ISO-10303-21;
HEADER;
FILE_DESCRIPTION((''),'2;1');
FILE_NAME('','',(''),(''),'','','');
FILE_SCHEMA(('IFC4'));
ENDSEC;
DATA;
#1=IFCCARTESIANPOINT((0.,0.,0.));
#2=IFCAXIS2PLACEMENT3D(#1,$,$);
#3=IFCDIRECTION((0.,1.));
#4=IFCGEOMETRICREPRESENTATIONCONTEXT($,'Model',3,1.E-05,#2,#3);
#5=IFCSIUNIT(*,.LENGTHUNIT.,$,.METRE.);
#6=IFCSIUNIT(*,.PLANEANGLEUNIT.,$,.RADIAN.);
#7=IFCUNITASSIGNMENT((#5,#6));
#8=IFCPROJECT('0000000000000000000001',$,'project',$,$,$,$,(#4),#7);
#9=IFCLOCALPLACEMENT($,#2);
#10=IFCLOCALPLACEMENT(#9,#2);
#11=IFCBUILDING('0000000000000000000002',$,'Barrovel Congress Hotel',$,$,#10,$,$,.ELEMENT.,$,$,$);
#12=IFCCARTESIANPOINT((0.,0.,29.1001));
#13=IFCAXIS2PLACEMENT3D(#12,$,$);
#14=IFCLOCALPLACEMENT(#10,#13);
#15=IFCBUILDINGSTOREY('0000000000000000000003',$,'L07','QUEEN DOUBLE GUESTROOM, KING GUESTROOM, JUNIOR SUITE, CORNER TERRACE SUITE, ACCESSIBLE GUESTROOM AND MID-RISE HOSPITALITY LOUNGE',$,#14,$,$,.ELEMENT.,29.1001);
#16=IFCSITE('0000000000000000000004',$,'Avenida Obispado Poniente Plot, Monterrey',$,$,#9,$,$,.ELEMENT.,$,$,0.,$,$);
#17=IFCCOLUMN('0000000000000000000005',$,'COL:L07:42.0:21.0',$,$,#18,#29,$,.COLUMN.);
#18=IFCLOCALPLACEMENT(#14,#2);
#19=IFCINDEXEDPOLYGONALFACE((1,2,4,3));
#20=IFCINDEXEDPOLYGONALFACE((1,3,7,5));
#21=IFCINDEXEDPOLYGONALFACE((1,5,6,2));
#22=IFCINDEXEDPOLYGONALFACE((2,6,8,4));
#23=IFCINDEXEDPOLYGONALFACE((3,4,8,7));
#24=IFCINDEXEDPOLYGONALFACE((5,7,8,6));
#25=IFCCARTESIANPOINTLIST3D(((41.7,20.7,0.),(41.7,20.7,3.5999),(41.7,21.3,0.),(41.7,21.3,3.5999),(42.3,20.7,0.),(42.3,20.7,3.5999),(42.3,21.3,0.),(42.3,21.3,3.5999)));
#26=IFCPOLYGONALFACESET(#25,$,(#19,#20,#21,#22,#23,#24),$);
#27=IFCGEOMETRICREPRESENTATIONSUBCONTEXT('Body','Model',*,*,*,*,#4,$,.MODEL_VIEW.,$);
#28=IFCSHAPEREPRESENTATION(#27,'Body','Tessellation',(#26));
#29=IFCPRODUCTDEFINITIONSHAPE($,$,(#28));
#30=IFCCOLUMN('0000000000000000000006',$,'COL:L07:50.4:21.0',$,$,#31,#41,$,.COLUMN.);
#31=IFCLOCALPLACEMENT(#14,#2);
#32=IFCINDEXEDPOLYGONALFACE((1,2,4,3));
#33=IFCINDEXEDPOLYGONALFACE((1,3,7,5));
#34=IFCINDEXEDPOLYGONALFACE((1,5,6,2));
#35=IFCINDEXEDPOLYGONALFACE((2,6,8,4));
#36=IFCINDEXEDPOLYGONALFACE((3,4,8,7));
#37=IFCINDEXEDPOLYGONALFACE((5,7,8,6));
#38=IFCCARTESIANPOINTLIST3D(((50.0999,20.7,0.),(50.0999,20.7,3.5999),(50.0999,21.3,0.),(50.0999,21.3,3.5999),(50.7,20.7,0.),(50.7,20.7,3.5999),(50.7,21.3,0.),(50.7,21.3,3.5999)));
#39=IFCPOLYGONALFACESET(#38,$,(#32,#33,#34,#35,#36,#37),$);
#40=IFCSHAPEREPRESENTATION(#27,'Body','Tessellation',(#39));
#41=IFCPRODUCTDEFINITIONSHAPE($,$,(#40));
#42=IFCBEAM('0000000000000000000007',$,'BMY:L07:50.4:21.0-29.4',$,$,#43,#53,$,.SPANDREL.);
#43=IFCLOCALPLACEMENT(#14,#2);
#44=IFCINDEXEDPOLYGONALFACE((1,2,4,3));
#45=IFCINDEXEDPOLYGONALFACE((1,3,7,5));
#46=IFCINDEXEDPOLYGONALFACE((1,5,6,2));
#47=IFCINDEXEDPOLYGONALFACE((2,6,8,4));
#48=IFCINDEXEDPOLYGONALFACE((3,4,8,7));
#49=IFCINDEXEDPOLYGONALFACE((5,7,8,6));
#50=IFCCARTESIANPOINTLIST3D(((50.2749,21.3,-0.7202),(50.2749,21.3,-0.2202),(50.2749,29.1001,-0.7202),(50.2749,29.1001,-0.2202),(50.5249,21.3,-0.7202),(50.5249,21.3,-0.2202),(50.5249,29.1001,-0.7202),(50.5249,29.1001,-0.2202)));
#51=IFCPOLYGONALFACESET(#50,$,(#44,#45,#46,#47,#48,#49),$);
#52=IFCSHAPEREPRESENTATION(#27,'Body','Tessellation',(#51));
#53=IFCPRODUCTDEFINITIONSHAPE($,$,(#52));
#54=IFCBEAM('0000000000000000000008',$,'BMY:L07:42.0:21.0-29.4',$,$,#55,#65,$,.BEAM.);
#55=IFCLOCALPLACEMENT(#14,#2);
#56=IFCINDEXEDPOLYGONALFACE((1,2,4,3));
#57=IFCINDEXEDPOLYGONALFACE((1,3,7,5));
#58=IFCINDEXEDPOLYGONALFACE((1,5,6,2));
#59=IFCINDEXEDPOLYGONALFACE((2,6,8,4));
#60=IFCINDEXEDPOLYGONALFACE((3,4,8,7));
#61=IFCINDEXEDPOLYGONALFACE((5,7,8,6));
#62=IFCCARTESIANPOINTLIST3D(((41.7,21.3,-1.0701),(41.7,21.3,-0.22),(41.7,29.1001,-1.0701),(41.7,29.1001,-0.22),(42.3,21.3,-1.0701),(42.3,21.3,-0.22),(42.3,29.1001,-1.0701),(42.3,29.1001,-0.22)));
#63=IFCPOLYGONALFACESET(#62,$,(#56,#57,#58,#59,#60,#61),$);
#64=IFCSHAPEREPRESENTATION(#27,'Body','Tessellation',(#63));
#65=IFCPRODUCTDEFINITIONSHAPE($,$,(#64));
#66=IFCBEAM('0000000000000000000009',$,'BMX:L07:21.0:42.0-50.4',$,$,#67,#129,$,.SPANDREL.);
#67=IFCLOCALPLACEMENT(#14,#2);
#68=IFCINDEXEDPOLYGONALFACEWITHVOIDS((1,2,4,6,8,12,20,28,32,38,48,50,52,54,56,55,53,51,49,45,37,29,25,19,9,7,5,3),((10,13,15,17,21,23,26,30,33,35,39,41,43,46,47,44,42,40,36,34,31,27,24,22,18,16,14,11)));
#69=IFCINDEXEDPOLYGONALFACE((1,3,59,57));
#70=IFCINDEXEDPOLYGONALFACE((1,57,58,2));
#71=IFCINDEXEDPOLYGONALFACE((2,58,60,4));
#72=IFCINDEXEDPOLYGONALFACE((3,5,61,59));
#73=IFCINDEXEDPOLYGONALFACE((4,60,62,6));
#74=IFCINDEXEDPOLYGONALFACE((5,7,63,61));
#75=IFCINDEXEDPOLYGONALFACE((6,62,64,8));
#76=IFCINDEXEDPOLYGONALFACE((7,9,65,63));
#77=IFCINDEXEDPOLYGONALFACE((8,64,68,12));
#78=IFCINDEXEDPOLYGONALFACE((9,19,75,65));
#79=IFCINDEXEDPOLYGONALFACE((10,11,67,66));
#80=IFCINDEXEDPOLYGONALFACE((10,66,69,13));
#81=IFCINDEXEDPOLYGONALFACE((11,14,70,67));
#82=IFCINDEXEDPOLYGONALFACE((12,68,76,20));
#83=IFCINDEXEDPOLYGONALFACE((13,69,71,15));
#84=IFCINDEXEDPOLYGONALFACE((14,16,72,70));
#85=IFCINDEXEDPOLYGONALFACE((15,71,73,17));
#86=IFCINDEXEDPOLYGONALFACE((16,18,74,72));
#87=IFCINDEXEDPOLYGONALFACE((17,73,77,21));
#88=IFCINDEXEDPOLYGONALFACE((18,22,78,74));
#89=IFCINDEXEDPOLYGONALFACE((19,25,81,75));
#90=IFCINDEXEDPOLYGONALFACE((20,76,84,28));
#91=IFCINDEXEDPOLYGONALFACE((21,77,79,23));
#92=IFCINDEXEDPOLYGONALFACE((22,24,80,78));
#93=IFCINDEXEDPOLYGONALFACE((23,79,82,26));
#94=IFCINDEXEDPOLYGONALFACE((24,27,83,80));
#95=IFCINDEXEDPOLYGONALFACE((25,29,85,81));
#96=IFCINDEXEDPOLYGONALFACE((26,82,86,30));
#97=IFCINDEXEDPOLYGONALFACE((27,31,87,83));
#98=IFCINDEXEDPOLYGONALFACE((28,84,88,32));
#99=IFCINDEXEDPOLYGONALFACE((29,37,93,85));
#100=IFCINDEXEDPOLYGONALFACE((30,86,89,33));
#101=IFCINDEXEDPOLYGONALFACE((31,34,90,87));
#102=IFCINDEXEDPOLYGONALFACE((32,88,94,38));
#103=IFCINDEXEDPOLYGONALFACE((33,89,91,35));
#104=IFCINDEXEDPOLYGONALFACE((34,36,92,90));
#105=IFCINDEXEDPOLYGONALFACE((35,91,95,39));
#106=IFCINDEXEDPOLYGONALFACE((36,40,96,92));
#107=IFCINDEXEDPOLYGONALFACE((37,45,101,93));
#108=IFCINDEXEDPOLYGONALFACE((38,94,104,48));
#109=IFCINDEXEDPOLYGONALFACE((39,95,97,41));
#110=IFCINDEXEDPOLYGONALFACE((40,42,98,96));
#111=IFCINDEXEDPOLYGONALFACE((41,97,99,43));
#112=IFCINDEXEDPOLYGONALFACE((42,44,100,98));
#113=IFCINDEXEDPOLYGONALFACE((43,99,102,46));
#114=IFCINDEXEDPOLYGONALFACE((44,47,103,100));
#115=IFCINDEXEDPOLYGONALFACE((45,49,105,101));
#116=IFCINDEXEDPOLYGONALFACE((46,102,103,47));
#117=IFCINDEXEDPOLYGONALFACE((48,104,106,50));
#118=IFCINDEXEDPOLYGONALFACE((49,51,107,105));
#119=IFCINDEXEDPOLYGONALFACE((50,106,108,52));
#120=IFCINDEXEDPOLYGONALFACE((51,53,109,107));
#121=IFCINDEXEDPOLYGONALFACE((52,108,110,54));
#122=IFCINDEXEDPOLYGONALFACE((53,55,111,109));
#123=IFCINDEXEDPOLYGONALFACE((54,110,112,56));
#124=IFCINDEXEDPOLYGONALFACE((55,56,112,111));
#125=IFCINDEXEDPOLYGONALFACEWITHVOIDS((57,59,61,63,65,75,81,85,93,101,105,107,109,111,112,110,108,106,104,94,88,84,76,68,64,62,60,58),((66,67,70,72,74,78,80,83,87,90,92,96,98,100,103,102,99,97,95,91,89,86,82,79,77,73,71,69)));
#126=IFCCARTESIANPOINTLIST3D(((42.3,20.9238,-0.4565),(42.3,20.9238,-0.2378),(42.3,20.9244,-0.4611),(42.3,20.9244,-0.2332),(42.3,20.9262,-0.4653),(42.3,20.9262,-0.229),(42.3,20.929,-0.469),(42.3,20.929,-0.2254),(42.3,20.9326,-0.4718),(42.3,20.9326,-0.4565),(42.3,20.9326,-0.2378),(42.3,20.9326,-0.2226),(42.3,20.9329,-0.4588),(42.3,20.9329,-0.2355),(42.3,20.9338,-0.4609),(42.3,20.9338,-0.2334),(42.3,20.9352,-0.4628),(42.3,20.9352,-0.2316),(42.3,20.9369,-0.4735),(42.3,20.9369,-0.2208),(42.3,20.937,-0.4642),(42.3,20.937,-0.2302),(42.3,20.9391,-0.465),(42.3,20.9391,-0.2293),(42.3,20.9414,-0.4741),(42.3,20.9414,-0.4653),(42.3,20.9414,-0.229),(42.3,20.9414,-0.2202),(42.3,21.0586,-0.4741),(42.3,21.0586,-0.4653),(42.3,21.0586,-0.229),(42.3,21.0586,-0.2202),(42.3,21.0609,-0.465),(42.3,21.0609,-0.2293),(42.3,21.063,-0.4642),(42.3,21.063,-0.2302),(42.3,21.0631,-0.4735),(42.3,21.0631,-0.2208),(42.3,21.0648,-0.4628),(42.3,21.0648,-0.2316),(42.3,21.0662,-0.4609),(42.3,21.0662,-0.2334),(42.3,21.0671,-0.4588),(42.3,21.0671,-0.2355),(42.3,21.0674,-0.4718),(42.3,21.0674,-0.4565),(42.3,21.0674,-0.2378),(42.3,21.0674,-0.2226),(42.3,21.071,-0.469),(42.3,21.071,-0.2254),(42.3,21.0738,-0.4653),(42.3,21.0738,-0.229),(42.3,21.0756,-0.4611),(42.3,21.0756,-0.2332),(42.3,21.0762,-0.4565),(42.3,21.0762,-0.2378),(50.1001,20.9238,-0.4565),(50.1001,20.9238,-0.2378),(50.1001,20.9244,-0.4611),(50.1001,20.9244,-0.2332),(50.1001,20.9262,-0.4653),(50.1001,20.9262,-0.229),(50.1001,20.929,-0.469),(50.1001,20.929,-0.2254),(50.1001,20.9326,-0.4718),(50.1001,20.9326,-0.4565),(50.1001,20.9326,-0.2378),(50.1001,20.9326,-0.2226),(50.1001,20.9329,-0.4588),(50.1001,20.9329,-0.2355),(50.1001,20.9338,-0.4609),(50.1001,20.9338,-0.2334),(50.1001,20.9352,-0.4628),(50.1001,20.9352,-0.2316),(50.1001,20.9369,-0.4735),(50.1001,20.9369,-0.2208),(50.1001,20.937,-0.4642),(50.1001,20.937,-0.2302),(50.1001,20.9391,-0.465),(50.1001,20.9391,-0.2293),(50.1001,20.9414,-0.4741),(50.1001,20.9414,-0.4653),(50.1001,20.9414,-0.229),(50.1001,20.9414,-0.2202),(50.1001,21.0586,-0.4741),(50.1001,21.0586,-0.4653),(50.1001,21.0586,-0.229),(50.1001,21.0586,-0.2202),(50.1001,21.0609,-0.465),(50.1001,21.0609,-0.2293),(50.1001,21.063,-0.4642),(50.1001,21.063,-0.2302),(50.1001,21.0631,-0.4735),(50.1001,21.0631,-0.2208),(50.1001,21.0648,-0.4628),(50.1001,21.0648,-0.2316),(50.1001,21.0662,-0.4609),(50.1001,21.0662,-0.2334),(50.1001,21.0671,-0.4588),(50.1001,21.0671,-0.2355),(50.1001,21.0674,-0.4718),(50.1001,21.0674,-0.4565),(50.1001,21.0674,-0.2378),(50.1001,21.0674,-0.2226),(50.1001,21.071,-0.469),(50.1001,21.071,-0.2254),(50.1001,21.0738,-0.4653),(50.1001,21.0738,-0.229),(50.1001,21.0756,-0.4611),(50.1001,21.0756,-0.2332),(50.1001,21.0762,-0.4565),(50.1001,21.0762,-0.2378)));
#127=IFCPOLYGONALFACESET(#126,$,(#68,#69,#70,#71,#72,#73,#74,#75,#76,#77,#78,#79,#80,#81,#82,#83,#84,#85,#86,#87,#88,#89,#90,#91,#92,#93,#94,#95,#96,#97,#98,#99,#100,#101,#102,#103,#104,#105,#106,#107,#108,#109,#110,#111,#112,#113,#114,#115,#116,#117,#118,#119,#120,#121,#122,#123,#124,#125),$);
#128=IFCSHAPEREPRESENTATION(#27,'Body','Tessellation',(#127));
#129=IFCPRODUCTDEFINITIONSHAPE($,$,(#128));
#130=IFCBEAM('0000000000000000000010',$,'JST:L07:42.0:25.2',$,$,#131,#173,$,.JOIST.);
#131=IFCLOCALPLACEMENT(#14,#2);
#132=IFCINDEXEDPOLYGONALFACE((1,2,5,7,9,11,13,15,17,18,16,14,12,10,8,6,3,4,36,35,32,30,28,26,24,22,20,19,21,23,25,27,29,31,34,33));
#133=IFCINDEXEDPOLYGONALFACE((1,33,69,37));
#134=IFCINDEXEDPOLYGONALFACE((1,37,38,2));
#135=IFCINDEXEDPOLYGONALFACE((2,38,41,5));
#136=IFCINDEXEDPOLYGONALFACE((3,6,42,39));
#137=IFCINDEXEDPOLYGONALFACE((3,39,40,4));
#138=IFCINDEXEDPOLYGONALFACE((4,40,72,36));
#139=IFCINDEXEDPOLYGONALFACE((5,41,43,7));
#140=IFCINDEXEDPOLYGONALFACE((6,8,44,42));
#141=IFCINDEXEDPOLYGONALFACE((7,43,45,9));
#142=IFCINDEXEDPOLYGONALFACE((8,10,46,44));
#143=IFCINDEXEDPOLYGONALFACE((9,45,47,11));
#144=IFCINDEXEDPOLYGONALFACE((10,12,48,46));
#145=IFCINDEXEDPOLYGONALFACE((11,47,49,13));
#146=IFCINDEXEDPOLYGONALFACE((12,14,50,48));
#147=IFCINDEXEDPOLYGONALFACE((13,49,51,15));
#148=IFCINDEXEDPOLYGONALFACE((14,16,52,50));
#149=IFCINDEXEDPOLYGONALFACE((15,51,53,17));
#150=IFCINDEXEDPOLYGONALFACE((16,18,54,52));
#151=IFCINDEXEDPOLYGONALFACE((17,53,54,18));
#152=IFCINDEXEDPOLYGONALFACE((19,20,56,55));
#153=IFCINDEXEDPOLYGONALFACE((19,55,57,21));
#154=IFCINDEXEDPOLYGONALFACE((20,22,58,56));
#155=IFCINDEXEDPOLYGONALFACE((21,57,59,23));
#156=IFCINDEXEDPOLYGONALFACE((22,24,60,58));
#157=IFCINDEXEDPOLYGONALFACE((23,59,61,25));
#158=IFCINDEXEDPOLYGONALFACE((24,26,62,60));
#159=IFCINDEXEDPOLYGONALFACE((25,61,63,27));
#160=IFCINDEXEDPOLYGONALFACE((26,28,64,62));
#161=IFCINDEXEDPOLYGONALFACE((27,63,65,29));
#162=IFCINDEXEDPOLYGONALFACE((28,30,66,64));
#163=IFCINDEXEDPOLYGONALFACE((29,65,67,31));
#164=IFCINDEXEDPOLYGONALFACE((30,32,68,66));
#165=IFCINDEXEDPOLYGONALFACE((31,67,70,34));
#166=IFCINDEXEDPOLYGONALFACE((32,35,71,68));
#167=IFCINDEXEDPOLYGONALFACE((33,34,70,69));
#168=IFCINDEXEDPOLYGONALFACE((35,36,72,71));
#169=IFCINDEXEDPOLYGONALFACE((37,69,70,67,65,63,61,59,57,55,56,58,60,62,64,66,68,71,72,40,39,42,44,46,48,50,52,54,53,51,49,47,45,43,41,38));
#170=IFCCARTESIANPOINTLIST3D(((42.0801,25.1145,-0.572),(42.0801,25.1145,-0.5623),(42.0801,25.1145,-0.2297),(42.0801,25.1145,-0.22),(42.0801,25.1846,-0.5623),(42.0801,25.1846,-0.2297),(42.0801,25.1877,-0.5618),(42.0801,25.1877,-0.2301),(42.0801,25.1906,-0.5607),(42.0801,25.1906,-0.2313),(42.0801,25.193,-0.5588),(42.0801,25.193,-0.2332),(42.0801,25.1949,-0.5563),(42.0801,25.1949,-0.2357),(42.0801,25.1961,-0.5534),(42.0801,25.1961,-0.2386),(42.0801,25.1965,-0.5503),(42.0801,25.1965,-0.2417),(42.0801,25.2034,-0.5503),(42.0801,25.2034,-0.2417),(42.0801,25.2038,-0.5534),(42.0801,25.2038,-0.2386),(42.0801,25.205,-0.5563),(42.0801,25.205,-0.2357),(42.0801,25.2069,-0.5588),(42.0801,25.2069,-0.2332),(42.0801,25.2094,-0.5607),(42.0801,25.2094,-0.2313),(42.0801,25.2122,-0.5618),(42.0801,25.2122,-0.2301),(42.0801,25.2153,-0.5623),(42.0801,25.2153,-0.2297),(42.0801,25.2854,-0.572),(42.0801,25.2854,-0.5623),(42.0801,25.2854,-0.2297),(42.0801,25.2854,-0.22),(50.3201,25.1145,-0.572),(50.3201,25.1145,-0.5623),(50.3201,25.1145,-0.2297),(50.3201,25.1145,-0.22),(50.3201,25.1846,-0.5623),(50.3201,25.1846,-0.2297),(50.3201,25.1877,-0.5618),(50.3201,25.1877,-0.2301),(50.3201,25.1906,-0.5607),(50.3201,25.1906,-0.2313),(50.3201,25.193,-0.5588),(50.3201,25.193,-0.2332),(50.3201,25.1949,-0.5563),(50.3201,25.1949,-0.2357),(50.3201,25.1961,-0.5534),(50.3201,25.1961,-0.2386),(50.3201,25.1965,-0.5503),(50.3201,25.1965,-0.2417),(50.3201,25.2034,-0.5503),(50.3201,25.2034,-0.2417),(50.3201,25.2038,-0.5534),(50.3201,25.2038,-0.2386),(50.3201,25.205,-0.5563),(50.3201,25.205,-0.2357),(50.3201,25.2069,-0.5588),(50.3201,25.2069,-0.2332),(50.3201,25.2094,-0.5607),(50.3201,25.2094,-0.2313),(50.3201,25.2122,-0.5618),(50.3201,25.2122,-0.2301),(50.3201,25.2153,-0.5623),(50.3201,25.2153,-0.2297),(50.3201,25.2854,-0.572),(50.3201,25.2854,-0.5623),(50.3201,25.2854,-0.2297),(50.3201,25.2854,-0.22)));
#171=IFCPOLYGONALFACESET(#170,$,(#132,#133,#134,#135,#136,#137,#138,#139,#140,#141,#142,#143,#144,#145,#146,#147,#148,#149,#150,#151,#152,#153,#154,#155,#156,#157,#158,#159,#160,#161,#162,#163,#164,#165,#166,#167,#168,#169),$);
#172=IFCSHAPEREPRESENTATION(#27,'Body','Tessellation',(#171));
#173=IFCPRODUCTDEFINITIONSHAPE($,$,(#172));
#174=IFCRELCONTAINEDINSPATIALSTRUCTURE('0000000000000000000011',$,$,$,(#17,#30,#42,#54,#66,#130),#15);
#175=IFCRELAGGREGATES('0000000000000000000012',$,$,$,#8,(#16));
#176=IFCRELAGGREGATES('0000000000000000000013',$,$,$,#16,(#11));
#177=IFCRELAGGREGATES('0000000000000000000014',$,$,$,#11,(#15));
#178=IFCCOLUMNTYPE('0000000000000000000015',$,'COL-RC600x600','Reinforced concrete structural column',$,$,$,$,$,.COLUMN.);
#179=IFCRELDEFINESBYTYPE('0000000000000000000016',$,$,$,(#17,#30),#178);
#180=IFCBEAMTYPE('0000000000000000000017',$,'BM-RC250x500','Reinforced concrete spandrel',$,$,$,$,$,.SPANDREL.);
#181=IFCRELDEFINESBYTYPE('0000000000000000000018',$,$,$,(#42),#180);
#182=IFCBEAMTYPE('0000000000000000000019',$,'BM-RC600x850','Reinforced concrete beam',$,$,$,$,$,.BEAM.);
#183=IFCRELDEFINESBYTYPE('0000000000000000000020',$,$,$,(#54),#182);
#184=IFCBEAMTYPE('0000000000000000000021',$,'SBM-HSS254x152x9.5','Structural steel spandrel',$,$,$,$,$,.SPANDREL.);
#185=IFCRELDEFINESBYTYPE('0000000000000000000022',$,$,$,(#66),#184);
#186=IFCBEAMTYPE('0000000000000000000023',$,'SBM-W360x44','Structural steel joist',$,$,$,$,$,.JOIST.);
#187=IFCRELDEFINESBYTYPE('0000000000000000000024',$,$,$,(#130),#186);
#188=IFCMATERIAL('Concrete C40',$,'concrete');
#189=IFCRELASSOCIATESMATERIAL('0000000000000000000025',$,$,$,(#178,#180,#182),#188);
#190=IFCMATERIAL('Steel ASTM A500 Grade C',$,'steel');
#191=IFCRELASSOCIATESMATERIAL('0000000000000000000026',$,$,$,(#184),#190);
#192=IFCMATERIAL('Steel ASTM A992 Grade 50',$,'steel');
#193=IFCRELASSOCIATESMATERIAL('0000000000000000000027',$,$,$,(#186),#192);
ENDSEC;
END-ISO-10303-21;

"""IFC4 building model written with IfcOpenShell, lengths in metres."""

from ifc_helpers import new_model, si_unit, direction, frame, origin, origin_2d, place, context, subcontext, project, spatial, rectangle, hollow_rectangle, i_section, extrude, material, material_profile, profile_set, type_object, element, save


model = new_model("IFC4")

# Units and contexts
model_context = context("Model", 3, precision=1e-05, world=origin(), true_north=direction((0.0, 1.0)))
body_context = subcontext(model_context, "Body", "Model", "MODEL_VIEW")
ifc_project = project(units=[si_unit("LENGTHUNIT", "METRE"), si_unit("PLANEANGLEUNIT", "RADIAN")], contexts=[model_context])

# Site, building, storey
site_placement = place(None, origin())
site = spatial("IfcSite", under=ifc_project, at=site_placement, Name="Avenida Obispado Poniente Plot, Monterrey", CompositionType="ELEMENT", RefElevation=0.0)
building_placement = place(site_placement, origin())
building = spatial("IfcBuilding", under=site, at=building_placement, Name="Barrovel Congress Hotel", CompositionType="ELEMENT")
storey_placement = place(building_placement, frame((0.0, 0.0, 29.1001)))
storey = spatial("IfcBuildingStorey", under=building, at=storey_placement, Name="L07", Description="QUEEN DOUBLE GUESTROOM, KING GUESTROOM, JUNIOR SUITE, CORNER TERRACE SUITE, ACCESSIBLE GUESTROOM AND MID-RISE HOSPITALITY LOUNGE", CompositionType="ELEMENT", Elevation=29.1001)

# Columns
ifc_material_1 = material(Name="Concrete C40", Category="concrete")
ifc_material_profile_1 = material_profile(ifc_material_1, rectangle(XDim=0.6001, YDim=0.6001, at=origin_2d()), Name="RC600x600")
ifc_profile_set_1 = profile_set([ifc_material_profile_1], Name="Concrete C40")
column_type = type_object("IfcColumnType", Name="COL-RC600x600", Description="Reinforced concrete structural column", PredefinedType="COLUMN", material=ifc_profile_set_1)
for number, where, z_axis, x_axis, name in (
    (1, (42.0, 21.0, 0.0), (0.0, 0.0, 1.0), (1.0, 0.0, 0.0), "COL:L07:42.0:21.0"),
    (2, (50.3999, 21.0, 0.0), (0.0, 0.0, 1.0), (1.0, 0.0, 0.0), "COL:L07:50.4:21.0"),
):
    element("IfcColumn", number, at=place(storey_placement, frame(where, z_axis=z_axis, x_axis=x_axis)), inside=storey, type_object=column_type, Name=name, PredefinedType="COLUMN", context=body_context, shape_type="SweptSolid", body=[
        extrude(rectangle(XDim=0.6001, YDim=0.6001, at=origin_2d()), origin(), (0.0, 0.0, 1.0), 3.5999),
    ])

# Beams
ifc_material_profile_2 = material_profile(ifc_material_1, rectangle(XDim=0.25, YDim=0.5, at=origin_2d()), Name="RC250x500")
ifc_profile_set_2 = profile_set([ifc_material_profile_2], Name="Concrete C40")
beam_type_1 = type_object("IfcBeamType", Name="BM-RC250x500", Description="Reinforced concrete spandrel", PredefinedType="SPANDREL", material=ifc_profile_set_2)
beam_1_placement = place(storey_placement, frame((50.3999, 21.3, -0.4702), z_axis=(0.0, 1.0, 0.0), x_axis=(-1.0, 0.0, 0.0)))
element("IfcBeam", 3, at=beam_1_placement, inside=storey, type_object=beam_type_1, Name="BMY:L07:50.4:21.0-29.4", PredefinedType="SPANDREL", context=body_context, shape_type="SweptSolid", body=[
    extrude(rectangle(XDim=0.25, YDim=0.5, at=origin_2d()), origin(), (0.0, 0.0, 1.0), 7.8),
])
ifc_material_profile_3 = material_profile(ifc_material_1, rectangle(XDim=0.6001, YDim=0.8501, at=origin_2d()), Name="RC600x850")
ifc_profile_set_3 = profile_set([ifc_material_profile_3], Name="Concrete C40")
beam_type_2 = type_object("IfcBeamType", Name="BM-RC600x850", Description="Reinforced concrete beam", PredefinedType="BEAM", material=ifc_profile_set_3)
beam_2_placement = place(storey_placement, frame((42.0, 21.3, -0.645), z_axis=(0.0, 1.0, 0.0), x_axis=(-1.0, 0.0, 0.0)))
element("IfcBeam", 4, at=beam_2_placement, inside=storey, type_object=beam_type_2, Name="BMY:L07:42.0:21.0-29.4", PredefinedType="BEAM", context=body_context, shape_type="SweptSolid", body=[
    extrude(rectangle(XDim=0.6001, YDim=0.8501, at=origin_2d()), origin(), (0.0, 0.0, 1.0), 7.8),
])
ifc_material_2 = material(Name="Steel ASTM A500 Grade C", Category="steel")
ifc_material_profile_4 = material_profile(ifc_material_2, hollow_rectangle(XDim=0.1523, YDim=0.2539, WallThickness=0.0088, InnerFilletRadius=0.0088, OuterFilletRadius=0.0176, at=origin_2d()), Name="HSS254x152x9.5")
ifc_profile_set_4 = profile_set([ifc_material_profile_4], Name="Steel ASTM A500 Grade C")
beam_type_3 = type_object("IfcBeamType", Name="SBM-HSS254x152x9.5", Description="Structural steel spandrel", PredefinedType="SPANDREL", material=ifc_profile_set_4)
beam_3_placement = place(storey_placement, frame((42.3, 21.0, -0.3472), z_axis=(1.0, 0.0, 0.0), x_axis=(0.0, 1.0, 0.0)))
element("IfcBeam", 5, at=beam_3_placement, inside=storey, type_object=beam_type_3, Name="BMX:L07:21.0:42.0-50.4", PredefinedType="SPANDREL", context=body_context, shape_type="SweptSolid", body=[
    extrude(hollow_rectangle(XDim=0.1523, YDim=0.2539, WallThickness=0.0088, InnerFilletRadius=0.0088, OuterFilletRadius=0.0176, at=origin_2d()), origin(), (0.0, 0.0, 1.0), 7.8),
])
ifc_material_3 = material(Name="Steel ASTM A992 Grade 50", Category="steel")
ifc_material_profile_5 = material_profile(ifc_material_3, i_section(OverallWidth=0.1709, OverallDepth=0.3521, WebThickness=0.0068, FlangeThickness=0.0098, FilletRadius=0.012, at=origin_2d()), Name="W360x44")
ifc_profile_set_5 = profile_set([ifc_material_profile_5], Name="Steel ASTM A992 Grade 50")
beam_type_4 = type_object("IfcBeamType", Name="SBM-W360x44", Description="Structural steel joist", PredefinedType="JOIST", material=ifc_profile_set_5)
beam_4_placement = place(storey_placement, frame((42.0801, 25.2, -0.396), z_axis=(1.0, 0.0, 0.0), x_axis=(0.0, 1.0, 0.0)))
element("IfcBeam", 6, at=beam_4_placement, inside=storey, type_object=beam_type_4, Name="JST:L07:42.0:25.2", PredefinedType="JOIST", context=body_context, shape_type="SweptSolid", body=[
    extrude(i_section(OverallWidth=0.1709, OverallDepth=0.3521, WebThickness=0.0068, FlangeThickness=0.0098, FilletRadius=0.012, at=origin_2d()), origin(), (0.0, 0.0, 1.0), 8.24),
])

save(model, "model.ifc")
